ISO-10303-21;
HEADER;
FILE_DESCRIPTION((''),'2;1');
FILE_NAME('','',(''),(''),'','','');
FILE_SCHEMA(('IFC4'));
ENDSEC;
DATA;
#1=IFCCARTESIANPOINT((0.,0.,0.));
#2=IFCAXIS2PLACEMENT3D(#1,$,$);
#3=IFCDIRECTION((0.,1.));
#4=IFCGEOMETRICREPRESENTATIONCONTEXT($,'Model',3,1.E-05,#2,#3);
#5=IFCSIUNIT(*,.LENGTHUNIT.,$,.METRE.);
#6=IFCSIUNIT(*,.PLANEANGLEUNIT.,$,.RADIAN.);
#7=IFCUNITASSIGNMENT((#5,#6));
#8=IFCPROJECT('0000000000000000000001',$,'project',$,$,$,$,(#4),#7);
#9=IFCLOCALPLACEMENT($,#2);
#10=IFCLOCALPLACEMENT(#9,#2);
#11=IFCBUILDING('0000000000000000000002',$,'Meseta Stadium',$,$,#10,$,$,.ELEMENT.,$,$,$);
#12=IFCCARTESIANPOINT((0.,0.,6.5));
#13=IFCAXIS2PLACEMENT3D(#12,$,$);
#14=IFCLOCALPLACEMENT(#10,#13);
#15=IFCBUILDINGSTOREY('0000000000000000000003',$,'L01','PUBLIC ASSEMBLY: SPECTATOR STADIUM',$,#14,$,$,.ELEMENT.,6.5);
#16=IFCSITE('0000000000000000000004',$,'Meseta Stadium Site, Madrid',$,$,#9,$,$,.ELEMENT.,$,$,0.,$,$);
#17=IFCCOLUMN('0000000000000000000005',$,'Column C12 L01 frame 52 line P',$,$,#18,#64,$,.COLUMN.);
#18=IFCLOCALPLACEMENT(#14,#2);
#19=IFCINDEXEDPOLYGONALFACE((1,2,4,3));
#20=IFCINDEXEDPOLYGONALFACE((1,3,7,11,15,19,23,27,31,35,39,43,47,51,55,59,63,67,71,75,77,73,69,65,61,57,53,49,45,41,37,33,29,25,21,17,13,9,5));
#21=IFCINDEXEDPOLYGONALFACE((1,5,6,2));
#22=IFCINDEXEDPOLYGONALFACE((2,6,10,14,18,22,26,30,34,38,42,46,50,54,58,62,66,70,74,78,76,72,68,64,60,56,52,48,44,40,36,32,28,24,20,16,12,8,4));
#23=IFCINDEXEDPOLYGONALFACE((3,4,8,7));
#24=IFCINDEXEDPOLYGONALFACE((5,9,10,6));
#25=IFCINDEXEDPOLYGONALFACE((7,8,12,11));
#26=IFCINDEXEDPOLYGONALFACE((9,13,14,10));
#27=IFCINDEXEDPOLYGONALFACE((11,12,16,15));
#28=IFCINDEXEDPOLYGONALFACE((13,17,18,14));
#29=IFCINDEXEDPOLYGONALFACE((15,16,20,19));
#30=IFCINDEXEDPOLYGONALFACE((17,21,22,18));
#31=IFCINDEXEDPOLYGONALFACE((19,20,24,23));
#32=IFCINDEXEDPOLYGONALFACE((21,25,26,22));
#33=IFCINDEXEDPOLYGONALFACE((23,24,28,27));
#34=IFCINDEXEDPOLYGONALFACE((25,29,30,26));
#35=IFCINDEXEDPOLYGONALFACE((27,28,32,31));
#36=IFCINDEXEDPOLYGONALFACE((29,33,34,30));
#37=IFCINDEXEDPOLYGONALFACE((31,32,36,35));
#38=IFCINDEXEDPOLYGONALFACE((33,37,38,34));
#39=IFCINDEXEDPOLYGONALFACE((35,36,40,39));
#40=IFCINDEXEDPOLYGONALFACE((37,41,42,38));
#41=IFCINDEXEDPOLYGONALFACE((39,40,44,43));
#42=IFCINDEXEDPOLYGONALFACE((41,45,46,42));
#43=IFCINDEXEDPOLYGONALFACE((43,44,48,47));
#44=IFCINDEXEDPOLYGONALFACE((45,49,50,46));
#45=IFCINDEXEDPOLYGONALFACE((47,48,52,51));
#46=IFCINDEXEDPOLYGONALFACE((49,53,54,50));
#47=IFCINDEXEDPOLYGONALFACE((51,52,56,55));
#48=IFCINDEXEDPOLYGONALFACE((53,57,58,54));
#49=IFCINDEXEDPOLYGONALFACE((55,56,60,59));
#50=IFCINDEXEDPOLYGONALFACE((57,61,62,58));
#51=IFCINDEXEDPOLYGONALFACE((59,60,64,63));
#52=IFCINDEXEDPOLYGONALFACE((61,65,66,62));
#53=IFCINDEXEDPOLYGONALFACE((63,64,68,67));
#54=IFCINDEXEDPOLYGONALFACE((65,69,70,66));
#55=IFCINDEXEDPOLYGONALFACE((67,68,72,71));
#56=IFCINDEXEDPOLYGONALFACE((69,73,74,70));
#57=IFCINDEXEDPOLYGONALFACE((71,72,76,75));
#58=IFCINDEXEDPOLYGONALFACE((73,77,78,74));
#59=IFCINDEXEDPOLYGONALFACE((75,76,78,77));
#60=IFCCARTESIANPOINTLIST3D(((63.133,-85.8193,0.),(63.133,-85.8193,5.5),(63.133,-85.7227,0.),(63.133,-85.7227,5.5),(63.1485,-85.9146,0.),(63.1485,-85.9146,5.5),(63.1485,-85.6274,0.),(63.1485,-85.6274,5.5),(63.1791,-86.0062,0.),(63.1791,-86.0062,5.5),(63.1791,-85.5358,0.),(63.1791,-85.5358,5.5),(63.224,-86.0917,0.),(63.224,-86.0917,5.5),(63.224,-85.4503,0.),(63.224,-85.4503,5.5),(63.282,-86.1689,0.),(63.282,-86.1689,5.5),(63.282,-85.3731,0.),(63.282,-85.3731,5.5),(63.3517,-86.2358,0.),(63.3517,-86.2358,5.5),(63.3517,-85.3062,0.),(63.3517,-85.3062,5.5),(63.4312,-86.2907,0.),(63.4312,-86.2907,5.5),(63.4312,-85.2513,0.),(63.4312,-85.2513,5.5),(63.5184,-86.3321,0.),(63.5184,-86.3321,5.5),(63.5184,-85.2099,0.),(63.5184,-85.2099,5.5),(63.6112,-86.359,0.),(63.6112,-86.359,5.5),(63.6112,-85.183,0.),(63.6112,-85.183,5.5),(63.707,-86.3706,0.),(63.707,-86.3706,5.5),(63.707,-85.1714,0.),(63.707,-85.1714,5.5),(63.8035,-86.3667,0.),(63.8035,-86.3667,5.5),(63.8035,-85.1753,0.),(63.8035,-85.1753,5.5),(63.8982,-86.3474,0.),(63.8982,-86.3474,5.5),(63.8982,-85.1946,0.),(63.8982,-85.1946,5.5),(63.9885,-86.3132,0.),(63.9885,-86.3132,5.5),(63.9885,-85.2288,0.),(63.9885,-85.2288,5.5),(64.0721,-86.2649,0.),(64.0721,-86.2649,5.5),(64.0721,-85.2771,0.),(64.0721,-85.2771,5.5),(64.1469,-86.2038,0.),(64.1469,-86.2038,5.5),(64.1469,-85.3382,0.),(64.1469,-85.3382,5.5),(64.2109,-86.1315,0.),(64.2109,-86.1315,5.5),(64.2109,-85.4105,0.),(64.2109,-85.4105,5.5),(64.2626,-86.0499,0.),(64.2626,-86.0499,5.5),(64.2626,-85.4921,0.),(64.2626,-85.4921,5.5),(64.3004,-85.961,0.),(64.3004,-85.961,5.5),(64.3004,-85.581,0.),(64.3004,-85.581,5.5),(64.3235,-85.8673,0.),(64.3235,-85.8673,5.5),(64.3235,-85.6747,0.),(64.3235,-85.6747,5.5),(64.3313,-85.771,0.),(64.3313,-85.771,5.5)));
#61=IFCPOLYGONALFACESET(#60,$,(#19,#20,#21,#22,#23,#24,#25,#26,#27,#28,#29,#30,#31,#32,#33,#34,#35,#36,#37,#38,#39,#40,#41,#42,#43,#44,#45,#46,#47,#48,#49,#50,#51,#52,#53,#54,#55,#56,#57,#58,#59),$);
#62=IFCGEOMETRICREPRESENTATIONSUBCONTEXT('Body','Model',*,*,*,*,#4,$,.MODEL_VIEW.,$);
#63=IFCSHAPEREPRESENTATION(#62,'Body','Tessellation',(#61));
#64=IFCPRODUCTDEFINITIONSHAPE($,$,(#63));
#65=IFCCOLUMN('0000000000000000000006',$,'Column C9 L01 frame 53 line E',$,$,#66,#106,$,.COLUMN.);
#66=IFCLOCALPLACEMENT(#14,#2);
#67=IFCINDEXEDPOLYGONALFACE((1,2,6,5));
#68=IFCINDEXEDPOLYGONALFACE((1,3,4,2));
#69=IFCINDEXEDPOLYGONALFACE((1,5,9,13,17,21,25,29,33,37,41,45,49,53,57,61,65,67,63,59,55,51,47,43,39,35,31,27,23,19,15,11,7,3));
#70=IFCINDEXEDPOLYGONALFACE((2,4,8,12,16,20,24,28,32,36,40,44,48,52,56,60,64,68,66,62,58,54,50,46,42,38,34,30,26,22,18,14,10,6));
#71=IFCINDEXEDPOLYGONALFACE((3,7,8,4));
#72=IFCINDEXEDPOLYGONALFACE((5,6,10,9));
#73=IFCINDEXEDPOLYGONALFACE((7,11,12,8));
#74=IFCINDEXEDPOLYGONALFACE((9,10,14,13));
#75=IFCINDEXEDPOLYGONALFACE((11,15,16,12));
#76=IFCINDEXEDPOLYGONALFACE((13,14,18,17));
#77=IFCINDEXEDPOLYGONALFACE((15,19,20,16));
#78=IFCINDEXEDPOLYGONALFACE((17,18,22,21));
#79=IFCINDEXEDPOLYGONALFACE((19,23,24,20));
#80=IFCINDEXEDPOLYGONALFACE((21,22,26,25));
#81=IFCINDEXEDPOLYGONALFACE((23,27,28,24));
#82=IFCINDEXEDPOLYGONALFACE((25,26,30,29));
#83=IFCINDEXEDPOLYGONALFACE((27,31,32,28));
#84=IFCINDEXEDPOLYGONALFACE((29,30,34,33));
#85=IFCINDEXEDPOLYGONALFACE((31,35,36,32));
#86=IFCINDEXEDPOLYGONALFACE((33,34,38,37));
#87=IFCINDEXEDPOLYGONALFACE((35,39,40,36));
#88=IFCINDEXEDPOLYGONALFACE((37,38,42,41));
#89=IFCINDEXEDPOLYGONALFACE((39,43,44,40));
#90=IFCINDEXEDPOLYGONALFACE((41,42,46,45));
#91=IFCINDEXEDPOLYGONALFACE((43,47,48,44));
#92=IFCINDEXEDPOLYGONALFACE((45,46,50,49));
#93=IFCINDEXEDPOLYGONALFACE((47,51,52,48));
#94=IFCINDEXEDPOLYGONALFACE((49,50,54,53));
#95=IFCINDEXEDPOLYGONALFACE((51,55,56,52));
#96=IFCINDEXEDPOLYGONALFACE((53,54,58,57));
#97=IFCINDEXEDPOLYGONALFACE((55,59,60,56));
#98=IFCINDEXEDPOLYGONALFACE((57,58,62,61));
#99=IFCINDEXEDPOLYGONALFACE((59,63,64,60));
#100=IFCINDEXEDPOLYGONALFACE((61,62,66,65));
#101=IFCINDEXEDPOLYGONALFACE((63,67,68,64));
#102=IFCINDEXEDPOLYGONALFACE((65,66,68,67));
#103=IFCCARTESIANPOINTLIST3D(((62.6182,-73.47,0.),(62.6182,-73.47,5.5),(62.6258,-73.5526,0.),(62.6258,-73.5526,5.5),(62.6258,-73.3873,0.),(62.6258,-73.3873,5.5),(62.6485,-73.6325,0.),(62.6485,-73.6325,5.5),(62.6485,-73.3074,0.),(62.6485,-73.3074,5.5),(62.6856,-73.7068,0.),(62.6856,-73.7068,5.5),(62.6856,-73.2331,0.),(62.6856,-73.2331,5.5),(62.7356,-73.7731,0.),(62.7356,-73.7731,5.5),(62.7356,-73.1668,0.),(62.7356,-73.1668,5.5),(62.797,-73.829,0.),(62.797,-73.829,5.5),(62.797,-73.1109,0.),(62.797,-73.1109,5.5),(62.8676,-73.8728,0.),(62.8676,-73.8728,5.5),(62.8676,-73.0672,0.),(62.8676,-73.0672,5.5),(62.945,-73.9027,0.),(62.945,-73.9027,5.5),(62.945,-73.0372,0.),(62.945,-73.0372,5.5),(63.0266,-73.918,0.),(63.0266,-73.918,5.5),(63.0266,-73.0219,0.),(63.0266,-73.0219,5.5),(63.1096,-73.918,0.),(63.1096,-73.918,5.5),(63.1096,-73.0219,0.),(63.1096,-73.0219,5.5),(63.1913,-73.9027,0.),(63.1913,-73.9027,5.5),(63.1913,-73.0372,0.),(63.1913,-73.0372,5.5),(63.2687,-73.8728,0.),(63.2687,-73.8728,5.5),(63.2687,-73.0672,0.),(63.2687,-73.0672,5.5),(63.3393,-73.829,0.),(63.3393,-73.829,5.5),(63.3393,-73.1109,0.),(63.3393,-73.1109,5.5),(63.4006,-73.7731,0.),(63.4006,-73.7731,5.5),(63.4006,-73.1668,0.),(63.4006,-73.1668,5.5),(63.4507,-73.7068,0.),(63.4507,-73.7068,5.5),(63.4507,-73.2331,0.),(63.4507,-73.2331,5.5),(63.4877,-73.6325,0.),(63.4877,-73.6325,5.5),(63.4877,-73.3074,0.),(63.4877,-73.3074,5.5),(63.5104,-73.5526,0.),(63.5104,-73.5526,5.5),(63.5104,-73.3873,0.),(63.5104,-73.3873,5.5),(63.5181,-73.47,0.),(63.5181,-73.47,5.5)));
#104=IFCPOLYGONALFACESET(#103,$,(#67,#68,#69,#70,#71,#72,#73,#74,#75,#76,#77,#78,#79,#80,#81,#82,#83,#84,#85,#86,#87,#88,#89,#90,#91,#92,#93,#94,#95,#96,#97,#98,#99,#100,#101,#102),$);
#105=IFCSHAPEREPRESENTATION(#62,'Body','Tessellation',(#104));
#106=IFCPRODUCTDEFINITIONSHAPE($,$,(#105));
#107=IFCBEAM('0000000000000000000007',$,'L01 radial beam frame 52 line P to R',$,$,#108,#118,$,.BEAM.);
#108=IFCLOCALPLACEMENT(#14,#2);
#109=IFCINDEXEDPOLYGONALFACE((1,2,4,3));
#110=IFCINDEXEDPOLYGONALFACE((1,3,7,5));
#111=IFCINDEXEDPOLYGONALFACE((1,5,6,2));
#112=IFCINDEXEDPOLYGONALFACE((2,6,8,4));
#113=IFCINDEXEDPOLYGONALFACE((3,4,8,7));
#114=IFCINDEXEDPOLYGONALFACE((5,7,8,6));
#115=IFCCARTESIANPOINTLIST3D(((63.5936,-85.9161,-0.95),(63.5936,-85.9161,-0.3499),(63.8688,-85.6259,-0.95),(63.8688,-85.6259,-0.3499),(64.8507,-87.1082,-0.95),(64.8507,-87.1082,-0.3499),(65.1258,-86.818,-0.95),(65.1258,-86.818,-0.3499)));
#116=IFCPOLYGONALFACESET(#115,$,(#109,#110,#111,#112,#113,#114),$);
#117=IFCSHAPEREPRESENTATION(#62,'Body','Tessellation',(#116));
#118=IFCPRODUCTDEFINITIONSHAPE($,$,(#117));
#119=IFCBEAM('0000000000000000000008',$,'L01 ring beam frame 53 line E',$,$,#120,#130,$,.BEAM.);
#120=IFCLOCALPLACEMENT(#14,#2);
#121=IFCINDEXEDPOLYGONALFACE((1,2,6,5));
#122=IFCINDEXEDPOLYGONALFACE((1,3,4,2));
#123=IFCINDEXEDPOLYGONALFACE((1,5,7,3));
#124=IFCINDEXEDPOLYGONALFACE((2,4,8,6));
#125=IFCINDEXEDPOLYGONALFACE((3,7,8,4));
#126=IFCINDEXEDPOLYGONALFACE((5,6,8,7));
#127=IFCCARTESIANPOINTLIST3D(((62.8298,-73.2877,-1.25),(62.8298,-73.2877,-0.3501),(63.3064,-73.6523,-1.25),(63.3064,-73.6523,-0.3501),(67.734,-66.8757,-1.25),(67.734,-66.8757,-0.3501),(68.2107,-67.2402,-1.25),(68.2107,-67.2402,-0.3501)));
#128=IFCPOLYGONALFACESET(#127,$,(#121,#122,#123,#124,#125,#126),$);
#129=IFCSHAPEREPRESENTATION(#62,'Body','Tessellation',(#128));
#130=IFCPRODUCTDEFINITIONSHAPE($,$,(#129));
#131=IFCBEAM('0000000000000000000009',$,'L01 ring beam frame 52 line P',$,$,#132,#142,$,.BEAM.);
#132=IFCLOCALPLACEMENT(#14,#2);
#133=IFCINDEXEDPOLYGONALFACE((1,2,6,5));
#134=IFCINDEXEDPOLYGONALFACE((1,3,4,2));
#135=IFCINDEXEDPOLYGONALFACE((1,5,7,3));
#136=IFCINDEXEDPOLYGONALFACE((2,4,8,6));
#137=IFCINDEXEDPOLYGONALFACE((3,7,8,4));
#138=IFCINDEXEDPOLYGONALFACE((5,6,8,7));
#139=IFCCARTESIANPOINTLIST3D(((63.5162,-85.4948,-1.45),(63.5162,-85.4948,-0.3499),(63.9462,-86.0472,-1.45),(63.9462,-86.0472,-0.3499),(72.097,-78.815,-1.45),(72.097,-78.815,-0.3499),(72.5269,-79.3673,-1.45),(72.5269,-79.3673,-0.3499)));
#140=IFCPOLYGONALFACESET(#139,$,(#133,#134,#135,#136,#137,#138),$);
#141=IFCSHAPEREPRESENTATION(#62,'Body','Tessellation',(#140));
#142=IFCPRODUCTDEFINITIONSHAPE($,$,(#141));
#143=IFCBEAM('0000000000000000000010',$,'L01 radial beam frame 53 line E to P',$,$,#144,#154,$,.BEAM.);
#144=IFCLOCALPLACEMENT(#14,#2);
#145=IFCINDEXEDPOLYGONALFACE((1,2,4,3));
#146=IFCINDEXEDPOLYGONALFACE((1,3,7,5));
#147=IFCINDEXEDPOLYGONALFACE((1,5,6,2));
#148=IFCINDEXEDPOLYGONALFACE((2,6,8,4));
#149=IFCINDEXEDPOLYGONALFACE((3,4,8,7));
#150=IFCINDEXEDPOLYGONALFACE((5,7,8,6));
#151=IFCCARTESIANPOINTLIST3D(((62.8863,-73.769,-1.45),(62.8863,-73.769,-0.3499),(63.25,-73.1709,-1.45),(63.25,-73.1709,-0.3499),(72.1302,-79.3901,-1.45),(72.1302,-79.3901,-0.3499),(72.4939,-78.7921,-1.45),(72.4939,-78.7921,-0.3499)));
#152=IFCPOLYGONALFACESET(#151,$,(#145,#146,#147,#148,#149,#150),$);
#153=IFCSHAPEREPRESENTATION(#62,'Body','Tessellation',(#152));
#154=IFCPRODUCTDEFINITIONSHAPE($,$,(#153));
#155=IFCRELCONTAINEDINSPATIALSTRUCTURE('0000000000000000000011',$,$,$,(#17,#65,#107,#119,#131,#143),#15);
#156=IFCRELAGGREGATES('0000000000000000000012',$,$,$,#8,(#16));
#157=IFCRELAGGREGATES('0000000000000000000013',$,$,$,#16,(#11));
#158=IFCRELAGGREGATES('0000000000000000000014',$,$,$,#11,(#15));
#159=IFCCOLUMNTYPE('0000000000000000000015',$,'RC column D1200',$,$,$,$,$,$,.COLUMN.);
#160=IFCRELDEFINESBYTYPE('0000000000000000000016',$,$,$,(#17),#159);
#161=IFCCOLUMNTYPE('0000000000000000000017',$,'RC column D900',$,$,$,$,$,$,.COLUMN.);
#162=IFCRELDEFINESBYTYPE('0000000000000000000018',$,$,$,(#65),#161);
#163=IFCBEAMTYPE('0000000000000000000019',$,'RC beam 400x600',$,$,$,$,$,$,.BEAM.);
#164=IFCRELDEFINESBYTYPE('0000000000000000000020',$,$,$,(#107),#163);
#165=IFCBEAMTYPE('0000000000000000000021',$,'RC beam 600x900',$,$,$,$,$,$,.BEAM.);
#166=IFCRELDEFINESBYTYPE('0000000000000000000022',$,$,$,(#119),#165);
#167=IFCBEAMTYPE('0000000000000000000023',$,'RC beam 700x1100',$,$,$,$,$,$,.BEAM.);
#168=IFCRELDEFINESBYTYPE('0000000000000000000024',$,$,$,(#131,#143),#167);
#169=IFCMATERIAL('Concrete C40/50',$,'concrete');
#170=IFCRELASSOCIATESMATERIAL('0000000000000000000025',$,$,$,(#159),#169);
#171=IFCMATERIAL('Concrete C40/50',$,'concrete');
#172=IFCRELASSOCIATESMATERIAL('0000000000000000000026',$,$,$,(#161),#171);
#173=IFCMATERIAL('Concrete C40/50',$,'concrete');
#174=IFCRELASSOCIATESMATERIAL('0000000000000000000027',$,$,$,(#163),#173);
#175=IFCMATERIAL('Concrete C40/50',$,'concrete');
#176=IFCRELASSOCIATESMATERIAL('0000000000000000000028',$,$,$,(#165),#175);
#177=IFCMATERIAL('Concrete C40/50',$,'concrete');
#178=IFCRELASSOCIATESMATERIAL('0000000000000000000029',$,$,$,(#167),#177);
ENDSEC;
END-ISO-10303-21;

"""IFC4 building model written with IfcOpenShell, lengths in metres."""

from ifc_helpers import new_model, si_unit, direction, frame, origin, origin_2d, place, context, subcontext, project, spatial, rectangle, circle, extrude, material, material_profile, profile_set, type_object, element, save


model = new_model("IFC4")

# Units and contexts
model_context = context("Model", 3, precision=1e-05, world=origin(), true_north=direction((0.0, 1.0)))
body_context = subcontext(model_context, "Body", "Model", "MODEL_VIEW")
ifc_project = project(units=[si_unit("LENGTHUNIT", "METRE"), si_unit("PLANEANGLEUNIT", "RADIAN")], contexts=[model_context])

# Site, building, storey
site_placement = place(None, origin())
site = spatial("IfcSite", under=ifc_project, at=site_placement, Name="Meseta Stadium Site, Madrid", CompositionType="ELEMENT", RefElevation=0.0)
building_placement = place(site_placement, origin())
building = spatial("IfcBuilding", under=site, at=building_placement, Name="Meseta Stadium", CompositionType="ELEMENT")
storey_placement = place(building_placement, frame((0.0, 0.0, 6.5)))
storey = spatial("IfcBuildingStorey", under=building, at=storey_placement, Name="L01", Description="PUBLIC ASSEMBLY: SPECTATOR STADIUM", CompositionType="ELEMENT", Elevation=6.5)

# Columns
ifc_material_1 = material(Name="Concrete C40/50", Category="concrete")
ifc_material_profile_1 = material_profile(ifc_material_1, circle(Radius=0.6001, at=origin_2d()), Name="RC D1200")
ifc_profile_set_1 = profile_set([ifc_material_profile_1], Name="Concrete C40/50")
column_type_1 = type_object("IfcColumnType", Name="RC column D1200", PredefinedType="COLUMN", material=ifc_profile_set_1)
column_1_placement = place(storey_placement, frame((63.7312, -85.771, 0.0), z_axis=(0.0, 0.0, 1.0), x_axis=(1.0, 0.0, 0.0)))
element("IfcColumn", 1, at=column_1_placement, inside=storey, type_object=column_type_1, Name="Column C12 L01 frame 52 line P", PredefinedType="COLUMN", context=body_context, shape_type="SweptSolid", body=[
    extrude(circle(Radius=0.6001, at=origin_2d()), origin(), (0.0, 0.0, 1.0), 5.5),
])
ifc_material_2 = material(Name="Concrete C40/50", Category="concrete")
ifc_material_profile_2 = material_profile(ifc_material_2, circle(Radius=0.45, at=origin_2d()), Name="RC D900")
ifc_profile_set_2 = profile_set([ifc_material_profile_2], Name="Concrete C40/50")
column_type_2 = type_object("IfcColumnType", Name="RC column D900", PredefinedType="COLUMN", material=ifc_profile_set_2)
column_2_placement = place(storey_placement, frame((63.0681, -73.47, 0.0), z_axis=(0.0, 0.0, 1.0), x_axis=(1.0, 0.0, 0.0)))
element("IfcColumn", 2, at=column_2_placement, inside=storey, type_object=column_type_2, Name="Column C9 L01 frame 53 line E", PredefinedType="COLUMN", context=body_context, shape_type="SweptSolid", body=[
    extrude(circle(Radius=0.45, at=origin_2d()), origin(), (0.0, 0.0, 1.0), 5.5),
])

# Beams
ifc_material_3 = material(Name="Concrete C40/50", Category="concrete")
ifc_material_profile_3 = material_profile(ifc_material_3, rectangle(XDim=0.3999, YDim=0.6001, at=origin_2d()), Name="RC 400x600")
ifc_profile_set_3 = profile_set([ifc_material_profile_3], Name="Concrete C40/50")
beam_type_1 = type_object("IfcBeamType", Name="RC beam 400x600", PredefinedType="BEAM", material=ifc_profile_set_3)
beam_1_placement = place(storey_placement, frame((63.7312, -85.771, -0.6499), z_axis=(0.725601, -0.688116, 0.0), x_axis=(0.688116, 0.725601, 0.0)))
element("IfcBeam", 3, at=beam_1_placement, inside=storey, type_object=beam_type_1, Name="L01 radial beam frame 52 line P to R", PredefinedType="BEAM", context=body_context, shape_type="SweptSolid", body=[
    extrude(rectangle(XDim=0.3999, YDim=0.6001, at=origin_2d()), origin(), (0.0, 0.0, 1.0), 1.7324),
])
ifc_material_4 = material(Name="Concrete C40/50", Category="concrete")
ifc_material_profile_4 = material_profile(ifc_material_4, rectangle(XDim=0.6001, YDim=0.8999, at=origin_2d()), Name="RC 600x900")
ifc_profile_set_4 = profile_set([ifc_material_profile_4], Name="Concrete C40/50")
beam_type_2 = type_object("IfcBeamType", Name="RC beam 600x900", PredefinedType="BEAM", material=ifc_profile_set_4)
beam_2_placement = place(storey_placement, frame((63.0681, -73.47, -0.8), z_axis=(0.607522, 0.794303, 0.0), x_axis=(-0.794303, 0.607522, 0.0)))
element("IfcBeam", 4, at=beam_2_placement, inside=storey, type_object=beam_type_2, Name="L01 ring beam frame 53 line E", PredefinedType="BEAM", context=body_context, shape_type="SweptSolid", body=[
    extrude(rectangle(XDim=0.6001, YDim=0.8999, at=origin_2d()), origin(), (0.0, 0.0, 1.0), 8.0725),
])
ifc_material_5 = material(Name="Concrete C40/50", Category="concrete")
ifc_material_profile_5 = material_profile(ifc_material_5, rectangle(XDim=0.7, YDim=1.1001, at=origin_2d()), Name="RC 700x1100")
ifc_profile_set_5 = profile_set([ifc_material_profile_5], Name="Concrete C40/50")
beam_type_3 = type_object("IfcBeamType", Name="RC beam 700x1100", PredefinedType="BEAM", material=ifc_profile_set_5)
beam_3_placement = place(storey_placement, frame((63.7312, -85.771, -0.8999), z_axis=(0.789086, 0.614283, 0.0), x_axis=(-0.614283, 0.789086, 0.0)))
element("IfcBeam", 5, at=beam_3_placement, inside=storey, type_object=beam_type_3, Name="L01 ring beam frame 52 line P", PredefinedType="BEAM", context=body_context, shape_type="SweptSolid", body=[
    extrude(rectangle(XDim=0.7, YDim=1.1001, at=origin_2d()), origin(), (0.0, 0.0, 1.0), 10.8743),
])
beam_4_placement = place(storey_placement, frame((63.0681, -73.47, -0.8999), z_axis=(0.854429, -0.519567, 0.0), x_axis=(0.519567, 0.854429, 0.0)))
element("IfcBeam", 6, at=beam_4_placement, inside=storey, type_object=beam_type_3, Name="L01 radial beam frame 53 line E to P", PredefinedType="BEAM", context=body_context, shape_type="SweptSolid", body=[
    extrude(rectangle(XDim=0.7, YDim=1.1001, at=origin_2d()), origin(), (0.0, 0.0, 1.0), 10.8188),
])

save(model, "model.ifc")
